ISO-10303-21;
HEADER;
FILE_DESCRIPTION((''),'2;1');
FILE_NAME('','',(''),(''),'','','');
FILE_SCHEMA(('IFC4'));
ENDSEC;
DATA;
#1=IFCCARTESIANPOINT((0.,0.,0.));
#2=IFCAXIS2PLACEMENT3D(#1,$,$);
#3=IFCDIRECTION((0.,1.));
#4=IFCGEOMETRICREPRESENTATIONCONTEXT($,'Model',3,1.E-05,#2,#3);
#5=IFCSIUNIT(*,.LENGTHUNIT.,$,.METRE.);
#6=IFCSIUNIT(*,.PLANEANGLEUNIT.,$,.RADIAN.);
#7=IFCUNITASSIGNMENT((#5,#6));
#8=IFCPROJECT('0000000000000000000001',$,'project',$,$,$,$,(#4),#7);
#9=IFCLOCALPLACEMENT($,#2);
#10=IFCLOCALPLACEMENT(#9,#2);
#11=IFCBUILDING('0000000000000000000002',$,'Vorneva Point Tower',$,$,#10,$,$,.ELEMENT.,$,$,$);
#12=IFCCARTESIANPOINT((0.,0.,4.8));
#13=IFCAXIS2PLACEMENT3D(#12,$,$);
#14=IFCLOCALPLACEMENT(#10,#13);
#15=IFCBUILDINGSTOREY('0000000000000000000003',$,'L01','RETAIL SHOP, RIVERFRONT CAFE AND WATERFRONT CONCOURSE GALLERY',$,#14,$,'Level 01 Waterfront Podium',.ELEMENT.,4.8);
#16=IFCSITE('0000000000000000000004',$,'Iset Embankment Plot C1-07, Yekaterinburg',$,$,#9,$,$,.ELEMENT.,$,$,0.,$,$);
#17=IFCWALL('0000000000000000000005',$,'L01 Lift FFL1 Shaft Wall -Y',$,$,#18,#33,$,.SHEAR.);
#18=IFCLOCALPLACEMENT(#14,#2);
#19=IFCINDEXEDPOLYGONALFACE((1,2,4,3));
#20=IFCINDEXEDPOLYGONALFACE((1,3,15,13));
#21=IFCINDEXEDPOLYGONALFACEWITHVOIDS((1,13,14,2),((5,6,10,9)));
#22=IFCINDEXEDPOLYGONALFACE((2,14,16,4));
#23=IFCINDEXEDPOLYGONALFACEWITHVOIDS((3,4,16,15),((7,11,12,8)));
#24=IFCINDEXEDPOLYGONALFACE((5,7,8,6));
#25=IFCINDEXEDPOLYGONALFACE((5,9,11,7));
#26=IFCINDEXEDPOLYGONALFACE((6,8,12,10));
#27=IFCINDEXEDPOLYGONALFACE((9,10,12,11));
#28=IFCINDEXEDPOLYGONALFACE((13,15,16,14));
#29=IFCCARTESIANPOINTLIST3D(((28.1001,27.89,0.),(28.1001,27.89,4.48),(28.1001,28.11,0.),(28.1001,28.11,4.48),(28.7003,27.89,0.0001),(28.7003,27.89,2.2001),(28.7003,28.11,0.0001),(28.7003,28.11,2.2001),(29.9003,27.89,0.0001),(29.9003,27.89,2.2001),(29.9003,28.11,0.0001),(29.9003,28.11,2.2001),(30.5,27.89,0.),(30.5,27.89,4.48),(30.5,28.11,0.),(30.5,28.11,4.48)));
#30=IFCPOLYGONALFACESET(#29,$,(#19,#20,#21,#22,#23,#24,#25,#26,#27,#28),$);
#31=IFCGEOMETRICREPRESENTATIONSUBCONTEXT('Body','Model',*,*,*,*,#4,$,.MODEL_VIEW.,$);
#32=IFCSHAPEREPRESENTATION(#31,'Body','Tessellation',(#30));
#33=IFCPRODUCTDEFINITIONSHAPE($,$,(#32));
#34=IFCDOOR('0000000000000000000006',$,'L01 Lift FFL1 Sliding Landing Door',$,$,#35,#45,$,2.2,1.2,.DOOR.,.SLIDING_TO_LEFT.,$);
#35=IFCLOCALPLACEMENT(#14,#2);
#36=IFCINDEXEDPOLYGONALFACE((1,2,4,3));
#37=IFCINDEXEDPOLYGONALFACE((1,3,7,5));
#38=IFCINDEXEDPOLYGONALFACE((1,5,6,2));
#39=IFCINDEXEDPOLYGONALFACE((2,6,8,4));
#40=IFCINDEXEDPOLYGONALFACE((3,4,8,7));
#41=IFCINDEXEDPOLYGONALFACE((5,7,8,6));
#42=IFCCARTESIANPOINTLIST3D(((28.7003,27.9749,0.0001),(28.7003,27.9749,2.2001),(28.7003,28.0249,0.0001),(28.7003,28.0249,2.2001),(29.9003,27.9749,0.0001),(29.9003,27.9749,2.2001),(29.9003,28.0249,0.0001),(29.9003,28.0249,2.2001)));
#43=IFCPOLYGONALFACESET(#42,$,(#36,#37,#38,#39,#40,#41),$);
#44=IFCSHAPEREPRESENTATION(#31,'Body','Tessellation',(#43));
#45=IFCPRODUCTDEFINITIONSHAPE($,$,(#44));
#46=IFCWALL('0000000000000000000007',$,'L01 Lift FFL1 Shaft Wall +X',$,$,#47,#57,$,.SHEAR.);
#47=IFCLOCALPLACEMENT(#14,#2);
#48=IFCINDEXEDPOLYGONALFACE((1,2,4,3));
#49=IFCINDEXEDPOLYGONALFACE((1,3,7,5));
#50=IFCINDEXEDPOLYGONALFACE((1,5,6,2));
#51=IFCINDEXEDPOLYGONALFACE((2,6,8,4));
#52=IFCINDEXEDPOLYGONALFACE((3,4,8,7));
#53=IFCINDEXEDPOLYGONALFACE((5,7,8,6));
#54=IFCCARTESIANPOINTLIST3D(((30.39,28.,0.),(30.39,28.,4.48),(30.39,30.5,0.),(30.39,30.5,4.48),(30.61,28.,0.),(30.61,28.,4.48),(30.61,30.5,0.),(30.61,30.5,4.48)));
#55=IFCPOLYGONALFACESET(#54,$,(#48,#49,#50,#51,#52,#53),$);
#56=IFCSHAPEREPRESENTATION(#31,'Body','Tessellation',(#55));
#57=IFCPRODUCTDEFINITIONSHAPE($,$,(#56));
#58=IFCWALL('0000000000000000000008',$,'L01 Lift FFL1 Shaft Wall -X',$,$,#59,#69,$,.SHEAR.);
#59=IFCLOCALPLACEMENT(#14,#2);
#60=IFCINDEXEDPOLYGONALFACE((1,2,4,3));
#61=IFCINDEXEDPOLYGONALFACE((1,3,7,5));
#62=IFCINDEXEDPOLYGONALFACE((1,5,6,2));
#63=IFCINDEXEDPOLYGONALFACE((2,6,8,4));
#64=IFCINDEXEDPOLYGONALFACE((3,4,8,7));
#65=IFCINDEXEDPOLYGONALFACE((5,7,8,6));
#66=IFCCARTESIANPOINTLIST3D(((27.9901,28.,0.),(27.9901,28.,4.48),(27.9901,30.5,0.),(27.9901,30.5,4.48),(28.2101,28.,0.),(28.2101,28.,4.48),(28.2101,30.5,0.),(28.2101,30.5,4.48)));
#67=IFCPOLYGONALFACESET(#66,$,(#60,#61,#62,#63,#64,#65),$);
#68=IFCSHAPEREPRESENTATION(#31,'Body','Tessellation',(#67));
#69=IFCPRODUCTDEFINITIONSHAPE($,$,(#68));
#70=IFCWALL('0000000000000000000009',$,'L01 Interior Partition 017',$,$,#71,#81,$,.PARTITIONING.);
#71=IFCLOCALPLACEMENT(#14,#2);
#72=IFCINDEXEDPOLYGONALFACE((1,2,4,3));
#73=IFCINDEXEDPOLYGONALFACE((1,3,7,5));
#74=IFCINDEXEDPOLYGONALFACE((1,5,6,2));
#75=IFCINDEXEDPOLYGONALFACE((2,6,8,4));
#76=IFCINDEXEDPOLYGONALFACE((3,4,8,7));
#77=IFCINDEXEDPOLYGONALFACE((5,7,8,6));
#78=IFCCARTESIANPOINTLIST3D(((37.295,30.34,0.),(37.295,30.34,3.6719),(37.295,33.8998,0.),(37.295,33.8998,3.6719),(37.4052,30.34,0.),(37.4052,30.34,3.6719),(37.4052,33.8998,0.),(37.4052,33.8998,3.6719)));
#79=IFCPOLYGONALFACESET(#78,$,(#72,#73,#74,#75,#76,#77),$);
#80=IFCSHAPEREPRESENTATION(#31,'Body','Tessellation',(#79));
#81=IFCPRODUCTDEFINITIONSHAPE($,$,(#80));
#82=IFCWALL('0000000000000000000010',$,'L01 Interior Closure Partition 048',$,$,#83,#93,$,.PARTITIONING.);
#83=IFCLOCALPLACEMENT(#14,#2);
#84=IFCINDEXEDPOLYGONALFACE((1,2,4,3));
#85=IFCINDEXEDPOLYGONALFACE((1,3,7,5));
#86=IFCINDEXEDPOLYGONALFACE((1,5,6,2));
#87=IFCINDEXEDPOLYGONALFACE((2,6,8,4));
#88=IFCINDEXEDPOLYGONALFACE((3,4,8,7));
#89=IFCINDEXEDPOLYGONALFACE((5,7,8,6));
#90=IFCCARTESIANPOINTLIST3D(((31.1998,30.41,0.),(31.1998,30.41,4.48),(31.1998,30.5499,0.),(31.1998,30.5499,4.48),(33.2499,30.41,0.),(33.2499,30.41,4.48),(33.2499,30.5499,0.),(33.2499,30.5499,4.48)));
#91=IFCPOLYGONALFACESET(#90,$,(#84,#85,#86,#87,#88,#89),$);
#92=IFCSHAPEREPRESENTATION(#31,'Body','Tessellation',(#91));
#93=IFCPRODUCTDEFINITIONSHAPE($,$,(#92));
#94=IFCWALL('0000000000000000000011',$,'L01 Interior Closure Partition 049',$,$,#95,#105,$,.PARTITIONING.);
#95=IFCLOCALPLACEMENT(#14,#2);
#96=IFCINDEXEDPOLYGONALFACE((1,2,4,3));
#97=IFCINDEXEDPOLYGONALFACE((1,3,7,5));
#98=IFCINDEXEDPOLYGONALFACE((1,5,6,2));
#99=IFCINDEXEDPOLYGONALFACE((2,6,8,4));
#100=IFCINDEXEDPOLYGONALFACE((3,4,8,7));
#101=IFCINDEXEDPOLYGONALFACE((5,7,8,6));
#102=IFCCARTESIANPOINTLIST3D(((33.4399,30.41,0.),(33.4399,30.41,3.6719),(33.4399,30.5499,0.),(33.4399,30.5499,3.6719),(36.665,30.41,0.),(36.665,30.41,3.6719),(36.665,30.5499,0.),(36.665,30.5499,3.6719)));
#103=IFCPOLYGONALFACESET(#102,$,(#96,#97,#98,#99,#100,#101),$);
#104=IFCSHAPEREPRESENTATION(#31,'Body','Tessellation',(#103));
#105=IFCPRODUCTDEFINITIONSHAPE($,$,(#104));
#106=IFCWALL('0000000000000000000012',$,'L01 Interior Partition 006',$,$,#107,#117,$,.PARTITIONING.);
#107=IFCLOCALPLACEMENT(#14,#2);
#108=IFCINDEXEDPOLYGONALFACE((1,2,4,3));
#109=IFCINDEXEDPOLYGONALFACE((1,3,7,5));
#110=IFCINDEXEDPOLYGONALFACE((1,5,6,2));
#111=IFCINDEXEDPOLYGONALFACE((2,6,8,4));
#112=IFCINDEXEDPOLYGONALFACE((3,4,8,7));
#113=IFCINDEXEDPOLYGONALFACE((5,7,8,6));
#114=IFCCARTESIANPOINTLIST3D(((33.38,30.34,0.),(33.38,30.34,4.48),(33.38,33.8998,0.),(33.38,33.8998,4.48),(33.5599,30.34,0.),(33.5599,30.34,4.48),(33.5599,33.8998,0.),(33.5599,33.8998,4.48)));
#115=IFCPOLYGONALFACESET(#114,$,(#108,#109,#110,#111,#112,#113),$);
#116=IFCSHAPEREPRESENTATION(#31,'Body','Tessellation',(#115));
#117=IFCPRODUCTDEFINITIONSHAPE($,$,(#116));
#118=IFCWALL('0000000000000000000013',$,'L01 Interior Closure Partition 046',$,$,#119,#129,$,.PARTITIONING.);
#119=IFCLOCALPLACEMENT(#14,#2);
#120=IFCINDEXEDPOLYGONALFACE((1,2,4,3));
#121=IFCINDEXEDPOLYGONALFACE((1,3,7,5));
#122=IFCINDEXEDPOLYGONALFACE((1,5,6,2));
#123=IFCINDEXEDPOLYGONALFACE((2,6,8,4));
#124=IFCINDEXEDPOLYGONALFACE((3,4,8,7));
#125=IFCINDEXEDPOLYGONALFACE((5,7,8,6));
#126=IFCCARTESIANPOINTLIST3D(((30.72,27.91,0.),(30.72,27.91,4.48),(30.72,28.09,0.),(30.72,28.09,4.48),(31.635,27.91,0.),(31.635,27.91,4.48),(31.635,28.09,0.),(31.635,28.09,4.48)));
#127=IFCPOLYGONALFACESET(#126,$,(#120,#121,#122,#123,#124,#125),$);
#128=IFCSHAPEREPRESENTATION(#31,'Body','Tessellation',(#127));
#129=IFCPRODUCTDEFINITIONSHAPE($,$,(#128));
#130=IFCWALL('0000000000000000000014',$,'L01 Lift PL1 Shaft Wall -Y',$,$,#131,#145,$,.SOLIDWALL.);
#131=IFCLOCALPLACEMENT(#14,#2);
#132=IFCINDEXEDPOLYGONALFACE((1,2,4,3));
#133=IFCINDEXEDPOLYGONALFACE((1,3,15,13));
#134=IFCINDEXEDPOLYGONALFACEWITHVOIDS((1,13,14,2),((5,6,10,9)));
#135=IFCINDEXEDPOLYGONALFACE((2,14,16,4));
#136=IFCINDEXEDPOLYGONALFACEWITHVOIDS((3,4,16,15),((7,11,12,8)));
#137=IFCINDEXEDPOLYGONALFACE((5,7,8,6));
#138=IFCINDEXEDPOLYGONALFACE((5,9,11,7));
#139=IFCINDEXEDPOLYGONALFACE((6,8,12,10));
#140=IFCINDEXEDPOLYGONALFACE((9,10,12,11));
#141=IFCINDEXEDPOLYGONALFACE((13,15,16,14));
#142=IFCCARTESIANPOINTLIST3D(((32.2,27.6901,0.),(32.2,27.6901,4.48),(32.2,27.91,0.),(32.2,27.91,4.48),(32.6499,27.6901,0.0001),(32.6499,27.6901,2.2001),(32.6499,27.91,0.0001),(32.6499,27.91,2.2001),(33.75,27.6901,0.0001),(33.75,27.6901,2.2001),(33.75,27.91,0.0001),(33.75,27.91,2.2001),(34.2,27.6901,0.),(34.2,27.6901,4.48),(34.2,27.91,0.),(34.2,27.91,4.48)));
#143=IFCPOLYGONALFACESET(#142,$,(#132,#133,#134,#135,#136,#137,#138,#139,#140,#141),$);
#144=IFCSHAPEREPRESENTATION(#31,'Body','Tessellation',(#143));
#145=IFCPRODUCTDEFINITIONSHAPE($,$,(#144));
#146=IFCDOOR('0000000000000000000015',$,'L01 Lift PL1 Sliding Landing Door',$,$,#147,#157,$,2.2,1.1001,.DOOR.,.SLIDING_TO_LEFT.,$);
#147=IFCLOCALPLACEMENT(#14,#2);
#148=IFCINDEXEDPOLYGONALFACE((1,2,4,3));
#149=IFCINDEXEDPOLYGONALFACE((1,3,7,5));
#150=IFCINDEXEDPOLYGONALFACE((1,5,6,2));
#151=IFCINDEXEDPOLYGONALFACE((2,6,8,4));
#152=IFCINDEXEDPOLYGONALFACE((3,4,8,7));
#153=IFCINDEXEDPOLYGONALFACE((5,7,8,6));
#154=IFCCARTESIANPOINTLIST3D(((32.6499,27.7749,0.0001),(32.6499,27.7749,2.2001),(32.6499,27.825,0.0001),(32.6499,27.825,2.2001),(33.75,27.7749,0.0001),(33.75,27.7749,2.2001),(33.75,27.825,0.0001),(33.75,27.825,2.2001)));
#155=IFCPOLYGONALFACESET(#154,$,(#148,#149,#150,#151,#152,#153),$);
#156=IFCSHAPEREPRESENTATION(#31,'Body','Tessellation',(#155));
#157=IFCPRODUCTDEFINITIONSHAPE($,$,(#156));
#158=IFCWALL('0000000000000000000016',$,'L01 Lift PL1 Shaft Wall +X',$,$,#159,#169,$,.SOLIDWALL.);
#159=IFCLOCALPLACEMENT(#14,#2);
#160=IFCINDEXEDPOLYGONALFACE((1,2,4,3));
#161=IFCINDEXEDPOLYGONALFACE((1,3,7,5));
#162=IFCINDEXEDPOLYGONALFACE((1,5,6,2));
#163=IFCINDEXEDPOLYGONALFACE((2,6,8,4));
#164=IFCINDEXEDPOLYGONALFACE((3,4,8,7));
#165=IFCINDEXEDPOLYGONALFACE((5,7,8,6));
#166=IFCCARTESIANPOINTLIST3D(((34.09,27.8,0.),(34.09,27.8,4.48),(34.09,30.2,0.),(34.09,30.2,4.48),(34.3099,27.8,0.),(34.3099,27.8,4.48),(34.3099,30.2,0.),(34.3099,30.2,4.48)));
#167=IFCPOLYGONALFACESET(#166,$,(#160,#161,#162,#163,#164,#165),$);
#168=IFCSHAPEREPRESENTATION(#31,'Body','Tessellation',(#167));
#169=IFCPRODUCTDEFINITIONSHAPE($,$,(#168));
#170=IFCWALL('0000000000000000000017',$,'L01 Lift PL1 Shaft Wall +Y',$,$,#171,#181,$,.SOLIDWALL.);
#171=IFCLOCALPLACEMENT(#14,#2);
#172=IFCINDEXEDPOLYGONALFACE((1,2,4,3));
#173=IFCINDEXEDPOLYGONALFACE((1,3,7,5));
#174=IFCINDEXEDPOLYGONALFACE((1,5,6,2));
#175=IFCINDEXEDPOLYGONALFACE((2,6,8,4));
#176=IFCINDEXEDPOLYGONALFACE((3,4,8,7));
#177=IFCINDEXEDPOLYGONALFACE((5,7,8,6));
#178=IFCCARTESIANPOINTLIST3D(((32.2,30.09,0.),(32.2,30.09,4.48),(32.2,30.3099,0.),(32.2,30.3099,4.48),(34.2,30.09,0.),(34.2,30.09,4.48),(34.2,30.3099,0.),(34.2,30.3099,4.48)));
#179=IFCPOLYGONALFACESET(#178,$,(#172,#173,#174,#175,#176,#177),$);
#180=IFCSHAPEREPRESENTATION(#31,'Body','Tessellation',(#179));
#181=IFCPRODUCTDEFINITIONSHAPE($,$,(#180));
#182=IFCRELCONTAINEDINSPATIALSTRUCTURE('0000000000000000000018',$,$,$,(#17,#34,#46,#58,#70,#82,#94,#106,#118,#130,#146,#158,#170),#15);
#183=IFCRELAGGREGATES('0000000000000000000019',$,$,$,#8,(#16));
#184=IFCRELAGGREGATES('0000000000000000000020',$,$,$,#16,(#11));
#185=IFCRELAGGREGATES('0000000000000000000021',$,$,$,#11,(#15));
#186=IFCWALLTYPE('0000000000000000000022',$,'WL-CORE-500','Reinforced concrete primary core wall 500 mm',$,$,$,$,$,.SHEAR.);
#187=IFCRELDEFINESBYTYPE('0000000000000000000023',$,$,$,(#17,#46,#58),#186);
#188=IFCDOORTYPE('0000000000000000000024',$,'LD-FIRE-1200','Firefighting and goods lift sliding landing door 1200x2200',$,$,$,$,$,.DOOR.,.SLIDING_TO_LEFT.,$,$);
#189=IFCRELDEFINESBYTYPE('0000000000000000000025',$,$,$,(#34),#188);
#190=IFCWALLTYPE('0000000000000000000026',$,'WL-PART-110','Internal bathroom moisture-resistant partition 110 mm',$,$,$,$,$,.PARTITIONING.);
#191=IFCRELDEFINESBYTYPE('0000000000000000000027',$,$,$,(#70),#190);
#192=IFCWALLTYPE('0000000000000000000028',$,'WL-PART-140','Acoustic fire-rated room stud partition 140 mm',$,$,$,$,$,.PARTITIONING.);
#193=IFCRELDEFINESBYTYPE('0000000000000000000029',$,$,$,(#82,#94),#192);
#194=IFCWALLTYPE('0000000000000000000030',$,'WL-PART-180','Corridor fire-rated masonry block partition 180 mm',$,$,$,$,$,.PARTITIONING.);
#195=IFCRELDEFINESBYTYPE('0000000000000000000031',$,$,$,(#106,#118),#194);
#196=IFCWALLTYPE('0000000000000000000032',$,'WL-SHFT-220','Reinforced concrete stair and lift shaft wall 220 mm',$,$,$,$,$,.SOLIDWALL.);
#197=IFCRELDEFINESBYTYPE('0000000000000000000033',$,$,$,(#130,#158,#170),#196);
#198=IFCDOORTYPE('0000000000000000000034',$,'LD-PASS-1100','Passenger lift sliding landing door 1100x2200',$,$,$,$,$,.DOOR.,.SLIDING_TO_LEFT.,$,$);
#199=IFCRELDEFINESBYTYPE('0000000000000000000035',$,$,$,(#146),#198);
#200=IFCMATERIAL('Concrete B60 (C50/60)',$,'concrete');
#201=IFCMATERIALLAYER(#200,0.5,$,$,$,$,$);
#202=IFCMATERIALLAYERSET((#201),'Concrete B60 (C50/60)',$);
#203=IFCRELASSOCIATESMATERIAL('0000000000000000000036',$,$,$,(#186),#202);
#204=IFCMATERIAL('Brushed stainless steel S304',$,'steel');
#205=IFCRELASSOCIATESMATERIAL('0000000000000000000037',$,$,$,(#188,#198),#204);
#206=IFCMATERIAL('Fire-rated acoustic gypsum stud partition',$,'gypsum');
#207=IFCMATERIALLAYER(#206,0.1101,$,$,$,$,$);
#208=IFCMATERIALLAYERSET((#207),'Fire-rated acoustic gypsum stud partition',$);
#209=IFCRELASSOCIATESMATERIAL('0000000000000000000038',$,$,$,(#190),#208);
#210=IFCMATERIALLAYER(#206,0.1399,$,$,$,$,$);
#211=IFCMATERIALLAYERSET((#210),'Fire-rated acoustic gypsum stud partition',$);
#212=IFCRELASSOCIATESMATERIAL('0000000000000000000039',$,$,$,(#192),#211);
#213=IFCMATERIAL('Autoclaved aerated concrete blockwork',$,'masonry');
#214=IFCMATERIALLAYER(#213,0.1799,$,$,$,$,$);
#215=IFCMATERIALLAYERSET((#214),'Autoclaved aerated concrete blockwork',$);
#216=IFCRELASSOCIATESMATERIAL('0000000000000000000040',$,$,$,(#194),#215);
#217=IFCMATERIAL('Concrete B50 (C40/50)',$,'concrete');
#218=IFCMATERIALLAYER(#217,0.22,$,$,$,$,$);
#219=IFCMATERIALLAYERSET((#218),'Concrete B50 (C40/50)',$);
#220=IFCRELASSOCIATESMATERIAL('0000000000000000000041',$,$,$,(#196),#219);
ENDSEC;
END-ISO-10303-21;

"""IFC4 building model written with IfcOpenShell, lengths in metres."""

from ifc_helpers import new_model, si_unit, direction, frame, frame_2d, origin, place, context, subcontext, project, spatial, rectangle, extrude, material, layer, layer_set, type_object, element, fill, save


model = new_model("IFC4")

# Units and contexts
model_context = context("Model", 3, precision=1e-05, world=origin(), true_north=direction((0.0, 1.0)))
body_context = subcontext(model_context, "Body", "Model", "MODEL_VIEW")
ifc_project = project(units=[si_unit("LENGTHUNIT", "METRE"), si_unit("PLANEANGLEUNIT", "RADIAN")], contexts=[model_context])

# Site, building, storey
site_placement = place(None, origin())
site = spatial("IfcSite", under=ifc_project, at=site_placement, Name="Iset Embankment Plot C1-07, Yekaterinburg", CompositionType="ELEMENT", RefElevation=0.0)
building_placement = place(site_placement, origin())
building = spatial("IfcBuilding", under=site, at=building_placement, Name="Vorneva Point Tower", CompositionType="ELEMENT")
storey_placement = place(building_placement, frame((0.0, 0.0, 4.8)))
storey = spatial("IfcBuildingStorey", under=building, at=storey_placement, Name="L01", Description="RETAIL SHOP, RIVERFRONT CAFE AND WATERFRONT CONCOURSE GALLERY", LongName="Level 01 Waterfront Podium", CompositionType="ELEMENT", Elevation=4.8)

# Wall, opening, door
ifc_material_1 = material(Name="Concrete B60 (C50/60)", Category="concrete")
ifc_layer_1 = layer(ifc_material_1, 0.5)
ifc_layer_set_1 = layer_set([ifc_layer_1], Name="Concrete B60 (C50/60)")
wall_type_1 = type_object("IfcWallType", Name="WL-CORE-500", Description="Reinforced concrete primary core wall 500 mm", PredefinedType="SHEAR", material=ifc_layer_set_1)
wall_1_placement = place(storey_placement, frame((28.1001, 28.0, 0.0), z_axis=(0.0, 0.0, 1.0), x_axis=(1.0, 0.0, 0.0)))
wall_1 = element("IfcWall", 1, at=wall_1_placement, inside=storey, type_object=wall_type_1, Name="L01 Lift FFL1 Shaft Wall -Y", PredefinedType="SHEAR", context=body_context, shape_type="SweptSolid", body=[
    extrude(rectangle(XDim=2.3999, YDim=0.22, at=frame_2d((1.2, 0.0))), origin(), (0.0, 0.0, 1.0), 4.48),
])
opening_1_placement = place(wall_1_placement, frame((0.6001, 0.0, 0.0)))
opening_1 = element("IfcOpeningElement", 2, at=opening_1_placement, cuts=wall_1, PredefinedType="OPENING", context=body_context, shape_type="SweptSolid", body=[
    extrude(rectangle(XDim=1.2, YDim=2.2, at=frame_2d((0.6001, 1.1001))), frame((0.0, 0.125, 0.0), z_axis=(0.0, -1.0, 0.0), x_axis=(1.0, 0.0, 0.0)), (0.0, 0.0, 1.0), 0.2498),
])
ifc_material_2 = material(Name="Brushed stainless steel S304", Category="steel")
door_type_1 = type_object("IfcDoorType", Name="LD-FIRE-1200", Description="Firefighting and goods lift sliding landing door 1200x2200", OperationType="SLIDING_TO_LEFT", PredefinedType="DOOR", material=ifc_material_2)
door_1_placement = place(opening_1_placement, origin())
door_1 = element("IfcDoor", 3, at=door_1_placement, inside=storey, type_object=door_type_1, Name="L01 Lift FFL1 Sliding Landing Door", OperationType="SLIDING_TO_LEFT", OverallHeight=2.2, OverallWidth=1.2, PredefinedType="DOOR", context=body_context, shape_type="SweptSolid", body=[
    extrude(rectangle(XDim=1.2, YDim=2.2, at=frame_2d((0.6001, 1.1001))), frame((0.0, 0.0249, 0.0), z_axis=(0.0, -1.0, 0.0), x_axis=(1.0, 0.0, 0.0)), (0.0, 0.0, 1.0), 0.05),
])
fill(opening_1, door_1)

# Walls
for number, where, z_axis, x_axis, name in (
    (4, (30.5, 28.0, 0.0), (0.0, 0.0, 1.0), (0.0, 1.0, 0.0), "L01 Lift FFL1 Shaft Wall +X"),
    (5, (28.1001, 30.5, 0.0), (0.0, 0.0, 1.0), (0.0, -1.0, 0.0), "L01 Lift FFL1 Shaft Wall -X"),
):
    element("IfcWall", number, at=place(storey_placement, frame(where, z_axis=z_axis, x_axis=x_axis)), inside=storey, type_object=wall_type_1, Name=name, PredefinedType="SHEAR", context=body_context, shape_type="SweptSolid", body=[
        extrude(rectangle(XDim=2.5, YDim=0.22, at=frame_2d((1.25, 0.0))), origin(), (0.0, 0.0, 1.0), 4.48),
    ])
ifc_material_3 = material(Name="Fire-rated acoustic gypsum stud partition", Category="gypsum")
ifc_layer_2 = layer(ifc_material_3, 0.1101)
ifc_layer_set_2 = layer_set([ifc_layer_2], Name="Fire-rated acoustic gypsum stud partition")
wall_type_2 = type_object("IfcWallType", Name="WL-PART-110", Description="Internal bathroom moisture-resistant partition 110 mm", PredefinedType="PARTITIONING", material=ifc_layer_set_2)
wall_2_placement = place(storey_placement, frame((37.3501, 30.3401, 0.0), z_axis=(0.0, 0.0, 1.0), x_axis=(0.0, 1.0, 0.0)))
element("IfcWall", 6, at=wall_2_placement, inside=storey, type_object=wall_type_2, Name="L01 Interior Partition 017", PredefinedType="PARTITIONING", context=body_context, shape_type="SweptSolid", body=[
    extrude(rectangle(XDim=3.5598, YDim=0.1101, at=frame_2d((1.7798, 0.0))), origin(), (0.0, 0.0, 1.0), 3.6719),
])
ifc_layer_3 = layer(ifc_material_3, 0.1399)
ifc_layer_set_3 = layer_set([ifc_layer_3], Name="Fire-rated acoustic gypsum stud partition")
wall_type_3 = type_object("IfcWallType", Name="WL-PART-140", Description="Acoustic fire-rated room stud partition 140 mm", PredefinedType="PARTITIONING", material=ifc_layer_set_3)
wall_3_placement = place(storey_placement, frame((31.2, 30.48, 0.0), z_axis=(0.0, 0.0, 1.0), x_axis=(1.0, 0.0, 0.0)))
element("IfcWall", 7, at=wall_3_placement, inside=storey, type_object=wall_type_3, Name="L01 Interior Closure Partition 048", PredefinedType="PARTITIONING", context=body_context, shape_type="SweptSolid", body=[
    extrude(rectangle(XDim=2.05, YDim=0.1399, at=frame_2d((1.0249, 0.0))), origin(), (0.0, 0.0, 1.0), 4.48),
])
wall_4_placement = place(storey_placement, frame((33.4399, 30.48, 0.0), z_axis=(0.0, 0.0, 1.0), x_axis=(1.0, 0.0, 0.0)))
element("IfcWall", 8, at=wall_4_placement, inside=storey, type_object=wall_type_3, Name="L01 Interior Closure Partition 049", PredefinedType="PARTITIONING", context=body_context, shape_type="SweptSolid", body=[
    extrude(rectangle(XDim=3.2251, YDim=0.1399, at=frame_2d((1.6125, 0.0))), origin(), (0.0, 0.0, 1.0), 3.6719),
])

# Shared definitions
ifc_material_4 = material(Name="Autoclaved aerated concrete blockwork", Category="masonry")
ifc_layer_4 = layer(ifc_material_4, 0.1799)
ifc_layer_set_4 = layer_set([ifc_layer_4], Name="Autoclaved aerated concrete blockwork")
wall_type_4 = type_object("IfcWallType", Name="WL-PART-180", Description="Corridor fire-rated masonry block partition 180 mm", PredefinedType="PARTITIONING", material=ifc_layer_set_4)

# Walls
wall_5_placement = place(storey_placement, frame((33.47, 30.3401, 0.0), z_axis=(0.0, 0.0, 1.0), x_axis=(0.0, 1.0, 0.0)))
element("IfcWall", 9, at=wall_5_placement, inside=storey, type_object=wall_type_4, Name="L01 Interior Partition 006", PredefinedType="PARTITIONING", context=body_context, shape_type="SweptSolid", body=[
    extrude(rectangle(XDim=3.5598, YDim=0.1799, at=frame_2d((1.7798, 0.0))), origin(), (0.0, 0.0, 1.0), 4.48),
])
wall_6_placement = place(storey_placement, frame((31.635, 28.0, 0.0), z_axis=(0.0, 0.0, 1.0), x_axis=(-1.0, 0.0, 0.0)))
element("IfcWall", 10, at=wall_6_placement, inside=storey, type_object=wall_type_4, Name="L01 Interior Closure Partition 046", PredefinedType="PARTITIONING", context=body_context, shape_type="SweptSolid", body=[
    extrude(rectangle(XDim=0.915, YDim=0.1799, at=frame_2d((0.4575, 0.0))), origin(), (0.0, 0.0, 1.0), 4.48),
])

# Wall, opening, door
ifc_material_5 = material(Name="Concrete B50 (C40/50)", Category="concrete")
ifc_layer_5 = layer(ifc_material_5, 0.22)
ifc_layer_set_5 = layer_set([ifc_layer_5], Name="Concrete B50 (C40/50)")
wall_type_5 = type_object("IfcWallType", Name="WL-SHFT-220", Description="Reinforced concrete stair and lift shaft wall 220 mm", PredefinedType="SOLIDWALL", material=ifc_layer_set_5)
wall_7_placement = place(storey_placement, frame((32.2, 27.8, 0.0), z_axis=(0.0, 0.0, 1.0), x_axis=(1.0, 0.0, 0.0)))
wall_7 = element("IfcWall", 11, at=wall_7_placement, inside=storey, type_object=wall_type_5, Name="L01 Lift PL1 Shaft Wall -Y", PredefinedType="SOLIDWALL", context=body_context, shape_type="SweptSolid", body=[
    extrude(rectangle(XDim=2.0, YDim=0.22, at=frame_2d((1.0, 0.0))), origin(), (0.0, 0.0, 1.0), 4.48),
])
opening_2_placement = place(wall_7_placement, frame((0.45, 0.0, 0.0)))
opening_2 = element("IfcOpeningElement", 12, at=opening_2_placement, cuts=wall_7, PredefinedType="OPENING", context=body_context, shape_type="SweptSolid", body=[
    extrude(rectangle(XDim=1.1001, YDim=2.2, at=frame_2d((0.55, 1.1001))), frame((0.0, 0.125, 0.0), z_axis=(0.0, -1.0, 0.0), x_axis=(1.0, 0.0, 0.0)), (0.0, 0.0, 1.0), 0.2498),
])
door_type_2 = type_object("IfcDoorType", Name="LD-PASS-1100", Description="Passenger lift sliding landing door 1100x2200", OperationType="SLIDING_TO_LEFT", PredefinedType="DOOR", material=ifc_material_2)
door_2_placement = place(opening_2_placement, origin())
door_2 = element("IfcDoor", 13, at=door_2_placement, inside=storey, type_object=door_type_2, Name="L01 Lift PL1 Sliding Landing Door", OperationType="SLIDING_TO_LEFT", OverallHeight=2.2, OverallWidth=1.1001, PredefinedType="DOOR", context=body_context, shape_type="SweptSolid", body=[
    extrude(rectangle(XDim=1.1001, YDim=2.2, at=frame_2d((0.55, 1.1001))), frame((0.0, 0.0249, 0.0), z_axis=(0.0, -1.0, 0.0), x_axis=(1.0, 0.0, 0.0)), (0.0, 0.0, 1.0), 0.05),
])
fill(opening_2, door_2)

# Walls
wall_8_placement = place(storey_placement, frame((34.2, 27.8, 0.0), z_axis=(0.0, 0.0, 1.0), x_axis=(0.0, 1.0, 0.0)))
element("IfcWall", 14, at=wall_8_placement, inside=storey, type_object=wall_type_5, Name="L01 Lift PL1 Shaft Wall +X", PredefinedType="SOLIDWALL", context=body_context, shape_type="SweptSolid", body=[
    extrude(rectangle(XDim=2.3999, YDim=0.22, at=frame_2d((1.2, 0.0))), origin(), (0.0, 0.0, 1.0), 4.48),
])
wall_9_placement = place(storey_placement, frame((34.2, 30.2, 0.0), z_axis=(0.0, 0.0, 1.0), x_axis=(-1.0, 0.0, 0.0)))
element("IfcWall", 15, at=wall_9_placement, inside=storey, type_object=wall_type_5, Name="L01 Lift PL1 Shaft Wall +Y", PredefinedType="SOLIDWALL", context=body_context, shape_type="SweptSolid", body=[
    extrude(rectangle(XDim=2.0, YDim=0.22, at=frame_2d((1.0, 0.0))), origin(), (0.0, 0.0, 1.0), 4.48),
])

save(model, "model.ifc")
